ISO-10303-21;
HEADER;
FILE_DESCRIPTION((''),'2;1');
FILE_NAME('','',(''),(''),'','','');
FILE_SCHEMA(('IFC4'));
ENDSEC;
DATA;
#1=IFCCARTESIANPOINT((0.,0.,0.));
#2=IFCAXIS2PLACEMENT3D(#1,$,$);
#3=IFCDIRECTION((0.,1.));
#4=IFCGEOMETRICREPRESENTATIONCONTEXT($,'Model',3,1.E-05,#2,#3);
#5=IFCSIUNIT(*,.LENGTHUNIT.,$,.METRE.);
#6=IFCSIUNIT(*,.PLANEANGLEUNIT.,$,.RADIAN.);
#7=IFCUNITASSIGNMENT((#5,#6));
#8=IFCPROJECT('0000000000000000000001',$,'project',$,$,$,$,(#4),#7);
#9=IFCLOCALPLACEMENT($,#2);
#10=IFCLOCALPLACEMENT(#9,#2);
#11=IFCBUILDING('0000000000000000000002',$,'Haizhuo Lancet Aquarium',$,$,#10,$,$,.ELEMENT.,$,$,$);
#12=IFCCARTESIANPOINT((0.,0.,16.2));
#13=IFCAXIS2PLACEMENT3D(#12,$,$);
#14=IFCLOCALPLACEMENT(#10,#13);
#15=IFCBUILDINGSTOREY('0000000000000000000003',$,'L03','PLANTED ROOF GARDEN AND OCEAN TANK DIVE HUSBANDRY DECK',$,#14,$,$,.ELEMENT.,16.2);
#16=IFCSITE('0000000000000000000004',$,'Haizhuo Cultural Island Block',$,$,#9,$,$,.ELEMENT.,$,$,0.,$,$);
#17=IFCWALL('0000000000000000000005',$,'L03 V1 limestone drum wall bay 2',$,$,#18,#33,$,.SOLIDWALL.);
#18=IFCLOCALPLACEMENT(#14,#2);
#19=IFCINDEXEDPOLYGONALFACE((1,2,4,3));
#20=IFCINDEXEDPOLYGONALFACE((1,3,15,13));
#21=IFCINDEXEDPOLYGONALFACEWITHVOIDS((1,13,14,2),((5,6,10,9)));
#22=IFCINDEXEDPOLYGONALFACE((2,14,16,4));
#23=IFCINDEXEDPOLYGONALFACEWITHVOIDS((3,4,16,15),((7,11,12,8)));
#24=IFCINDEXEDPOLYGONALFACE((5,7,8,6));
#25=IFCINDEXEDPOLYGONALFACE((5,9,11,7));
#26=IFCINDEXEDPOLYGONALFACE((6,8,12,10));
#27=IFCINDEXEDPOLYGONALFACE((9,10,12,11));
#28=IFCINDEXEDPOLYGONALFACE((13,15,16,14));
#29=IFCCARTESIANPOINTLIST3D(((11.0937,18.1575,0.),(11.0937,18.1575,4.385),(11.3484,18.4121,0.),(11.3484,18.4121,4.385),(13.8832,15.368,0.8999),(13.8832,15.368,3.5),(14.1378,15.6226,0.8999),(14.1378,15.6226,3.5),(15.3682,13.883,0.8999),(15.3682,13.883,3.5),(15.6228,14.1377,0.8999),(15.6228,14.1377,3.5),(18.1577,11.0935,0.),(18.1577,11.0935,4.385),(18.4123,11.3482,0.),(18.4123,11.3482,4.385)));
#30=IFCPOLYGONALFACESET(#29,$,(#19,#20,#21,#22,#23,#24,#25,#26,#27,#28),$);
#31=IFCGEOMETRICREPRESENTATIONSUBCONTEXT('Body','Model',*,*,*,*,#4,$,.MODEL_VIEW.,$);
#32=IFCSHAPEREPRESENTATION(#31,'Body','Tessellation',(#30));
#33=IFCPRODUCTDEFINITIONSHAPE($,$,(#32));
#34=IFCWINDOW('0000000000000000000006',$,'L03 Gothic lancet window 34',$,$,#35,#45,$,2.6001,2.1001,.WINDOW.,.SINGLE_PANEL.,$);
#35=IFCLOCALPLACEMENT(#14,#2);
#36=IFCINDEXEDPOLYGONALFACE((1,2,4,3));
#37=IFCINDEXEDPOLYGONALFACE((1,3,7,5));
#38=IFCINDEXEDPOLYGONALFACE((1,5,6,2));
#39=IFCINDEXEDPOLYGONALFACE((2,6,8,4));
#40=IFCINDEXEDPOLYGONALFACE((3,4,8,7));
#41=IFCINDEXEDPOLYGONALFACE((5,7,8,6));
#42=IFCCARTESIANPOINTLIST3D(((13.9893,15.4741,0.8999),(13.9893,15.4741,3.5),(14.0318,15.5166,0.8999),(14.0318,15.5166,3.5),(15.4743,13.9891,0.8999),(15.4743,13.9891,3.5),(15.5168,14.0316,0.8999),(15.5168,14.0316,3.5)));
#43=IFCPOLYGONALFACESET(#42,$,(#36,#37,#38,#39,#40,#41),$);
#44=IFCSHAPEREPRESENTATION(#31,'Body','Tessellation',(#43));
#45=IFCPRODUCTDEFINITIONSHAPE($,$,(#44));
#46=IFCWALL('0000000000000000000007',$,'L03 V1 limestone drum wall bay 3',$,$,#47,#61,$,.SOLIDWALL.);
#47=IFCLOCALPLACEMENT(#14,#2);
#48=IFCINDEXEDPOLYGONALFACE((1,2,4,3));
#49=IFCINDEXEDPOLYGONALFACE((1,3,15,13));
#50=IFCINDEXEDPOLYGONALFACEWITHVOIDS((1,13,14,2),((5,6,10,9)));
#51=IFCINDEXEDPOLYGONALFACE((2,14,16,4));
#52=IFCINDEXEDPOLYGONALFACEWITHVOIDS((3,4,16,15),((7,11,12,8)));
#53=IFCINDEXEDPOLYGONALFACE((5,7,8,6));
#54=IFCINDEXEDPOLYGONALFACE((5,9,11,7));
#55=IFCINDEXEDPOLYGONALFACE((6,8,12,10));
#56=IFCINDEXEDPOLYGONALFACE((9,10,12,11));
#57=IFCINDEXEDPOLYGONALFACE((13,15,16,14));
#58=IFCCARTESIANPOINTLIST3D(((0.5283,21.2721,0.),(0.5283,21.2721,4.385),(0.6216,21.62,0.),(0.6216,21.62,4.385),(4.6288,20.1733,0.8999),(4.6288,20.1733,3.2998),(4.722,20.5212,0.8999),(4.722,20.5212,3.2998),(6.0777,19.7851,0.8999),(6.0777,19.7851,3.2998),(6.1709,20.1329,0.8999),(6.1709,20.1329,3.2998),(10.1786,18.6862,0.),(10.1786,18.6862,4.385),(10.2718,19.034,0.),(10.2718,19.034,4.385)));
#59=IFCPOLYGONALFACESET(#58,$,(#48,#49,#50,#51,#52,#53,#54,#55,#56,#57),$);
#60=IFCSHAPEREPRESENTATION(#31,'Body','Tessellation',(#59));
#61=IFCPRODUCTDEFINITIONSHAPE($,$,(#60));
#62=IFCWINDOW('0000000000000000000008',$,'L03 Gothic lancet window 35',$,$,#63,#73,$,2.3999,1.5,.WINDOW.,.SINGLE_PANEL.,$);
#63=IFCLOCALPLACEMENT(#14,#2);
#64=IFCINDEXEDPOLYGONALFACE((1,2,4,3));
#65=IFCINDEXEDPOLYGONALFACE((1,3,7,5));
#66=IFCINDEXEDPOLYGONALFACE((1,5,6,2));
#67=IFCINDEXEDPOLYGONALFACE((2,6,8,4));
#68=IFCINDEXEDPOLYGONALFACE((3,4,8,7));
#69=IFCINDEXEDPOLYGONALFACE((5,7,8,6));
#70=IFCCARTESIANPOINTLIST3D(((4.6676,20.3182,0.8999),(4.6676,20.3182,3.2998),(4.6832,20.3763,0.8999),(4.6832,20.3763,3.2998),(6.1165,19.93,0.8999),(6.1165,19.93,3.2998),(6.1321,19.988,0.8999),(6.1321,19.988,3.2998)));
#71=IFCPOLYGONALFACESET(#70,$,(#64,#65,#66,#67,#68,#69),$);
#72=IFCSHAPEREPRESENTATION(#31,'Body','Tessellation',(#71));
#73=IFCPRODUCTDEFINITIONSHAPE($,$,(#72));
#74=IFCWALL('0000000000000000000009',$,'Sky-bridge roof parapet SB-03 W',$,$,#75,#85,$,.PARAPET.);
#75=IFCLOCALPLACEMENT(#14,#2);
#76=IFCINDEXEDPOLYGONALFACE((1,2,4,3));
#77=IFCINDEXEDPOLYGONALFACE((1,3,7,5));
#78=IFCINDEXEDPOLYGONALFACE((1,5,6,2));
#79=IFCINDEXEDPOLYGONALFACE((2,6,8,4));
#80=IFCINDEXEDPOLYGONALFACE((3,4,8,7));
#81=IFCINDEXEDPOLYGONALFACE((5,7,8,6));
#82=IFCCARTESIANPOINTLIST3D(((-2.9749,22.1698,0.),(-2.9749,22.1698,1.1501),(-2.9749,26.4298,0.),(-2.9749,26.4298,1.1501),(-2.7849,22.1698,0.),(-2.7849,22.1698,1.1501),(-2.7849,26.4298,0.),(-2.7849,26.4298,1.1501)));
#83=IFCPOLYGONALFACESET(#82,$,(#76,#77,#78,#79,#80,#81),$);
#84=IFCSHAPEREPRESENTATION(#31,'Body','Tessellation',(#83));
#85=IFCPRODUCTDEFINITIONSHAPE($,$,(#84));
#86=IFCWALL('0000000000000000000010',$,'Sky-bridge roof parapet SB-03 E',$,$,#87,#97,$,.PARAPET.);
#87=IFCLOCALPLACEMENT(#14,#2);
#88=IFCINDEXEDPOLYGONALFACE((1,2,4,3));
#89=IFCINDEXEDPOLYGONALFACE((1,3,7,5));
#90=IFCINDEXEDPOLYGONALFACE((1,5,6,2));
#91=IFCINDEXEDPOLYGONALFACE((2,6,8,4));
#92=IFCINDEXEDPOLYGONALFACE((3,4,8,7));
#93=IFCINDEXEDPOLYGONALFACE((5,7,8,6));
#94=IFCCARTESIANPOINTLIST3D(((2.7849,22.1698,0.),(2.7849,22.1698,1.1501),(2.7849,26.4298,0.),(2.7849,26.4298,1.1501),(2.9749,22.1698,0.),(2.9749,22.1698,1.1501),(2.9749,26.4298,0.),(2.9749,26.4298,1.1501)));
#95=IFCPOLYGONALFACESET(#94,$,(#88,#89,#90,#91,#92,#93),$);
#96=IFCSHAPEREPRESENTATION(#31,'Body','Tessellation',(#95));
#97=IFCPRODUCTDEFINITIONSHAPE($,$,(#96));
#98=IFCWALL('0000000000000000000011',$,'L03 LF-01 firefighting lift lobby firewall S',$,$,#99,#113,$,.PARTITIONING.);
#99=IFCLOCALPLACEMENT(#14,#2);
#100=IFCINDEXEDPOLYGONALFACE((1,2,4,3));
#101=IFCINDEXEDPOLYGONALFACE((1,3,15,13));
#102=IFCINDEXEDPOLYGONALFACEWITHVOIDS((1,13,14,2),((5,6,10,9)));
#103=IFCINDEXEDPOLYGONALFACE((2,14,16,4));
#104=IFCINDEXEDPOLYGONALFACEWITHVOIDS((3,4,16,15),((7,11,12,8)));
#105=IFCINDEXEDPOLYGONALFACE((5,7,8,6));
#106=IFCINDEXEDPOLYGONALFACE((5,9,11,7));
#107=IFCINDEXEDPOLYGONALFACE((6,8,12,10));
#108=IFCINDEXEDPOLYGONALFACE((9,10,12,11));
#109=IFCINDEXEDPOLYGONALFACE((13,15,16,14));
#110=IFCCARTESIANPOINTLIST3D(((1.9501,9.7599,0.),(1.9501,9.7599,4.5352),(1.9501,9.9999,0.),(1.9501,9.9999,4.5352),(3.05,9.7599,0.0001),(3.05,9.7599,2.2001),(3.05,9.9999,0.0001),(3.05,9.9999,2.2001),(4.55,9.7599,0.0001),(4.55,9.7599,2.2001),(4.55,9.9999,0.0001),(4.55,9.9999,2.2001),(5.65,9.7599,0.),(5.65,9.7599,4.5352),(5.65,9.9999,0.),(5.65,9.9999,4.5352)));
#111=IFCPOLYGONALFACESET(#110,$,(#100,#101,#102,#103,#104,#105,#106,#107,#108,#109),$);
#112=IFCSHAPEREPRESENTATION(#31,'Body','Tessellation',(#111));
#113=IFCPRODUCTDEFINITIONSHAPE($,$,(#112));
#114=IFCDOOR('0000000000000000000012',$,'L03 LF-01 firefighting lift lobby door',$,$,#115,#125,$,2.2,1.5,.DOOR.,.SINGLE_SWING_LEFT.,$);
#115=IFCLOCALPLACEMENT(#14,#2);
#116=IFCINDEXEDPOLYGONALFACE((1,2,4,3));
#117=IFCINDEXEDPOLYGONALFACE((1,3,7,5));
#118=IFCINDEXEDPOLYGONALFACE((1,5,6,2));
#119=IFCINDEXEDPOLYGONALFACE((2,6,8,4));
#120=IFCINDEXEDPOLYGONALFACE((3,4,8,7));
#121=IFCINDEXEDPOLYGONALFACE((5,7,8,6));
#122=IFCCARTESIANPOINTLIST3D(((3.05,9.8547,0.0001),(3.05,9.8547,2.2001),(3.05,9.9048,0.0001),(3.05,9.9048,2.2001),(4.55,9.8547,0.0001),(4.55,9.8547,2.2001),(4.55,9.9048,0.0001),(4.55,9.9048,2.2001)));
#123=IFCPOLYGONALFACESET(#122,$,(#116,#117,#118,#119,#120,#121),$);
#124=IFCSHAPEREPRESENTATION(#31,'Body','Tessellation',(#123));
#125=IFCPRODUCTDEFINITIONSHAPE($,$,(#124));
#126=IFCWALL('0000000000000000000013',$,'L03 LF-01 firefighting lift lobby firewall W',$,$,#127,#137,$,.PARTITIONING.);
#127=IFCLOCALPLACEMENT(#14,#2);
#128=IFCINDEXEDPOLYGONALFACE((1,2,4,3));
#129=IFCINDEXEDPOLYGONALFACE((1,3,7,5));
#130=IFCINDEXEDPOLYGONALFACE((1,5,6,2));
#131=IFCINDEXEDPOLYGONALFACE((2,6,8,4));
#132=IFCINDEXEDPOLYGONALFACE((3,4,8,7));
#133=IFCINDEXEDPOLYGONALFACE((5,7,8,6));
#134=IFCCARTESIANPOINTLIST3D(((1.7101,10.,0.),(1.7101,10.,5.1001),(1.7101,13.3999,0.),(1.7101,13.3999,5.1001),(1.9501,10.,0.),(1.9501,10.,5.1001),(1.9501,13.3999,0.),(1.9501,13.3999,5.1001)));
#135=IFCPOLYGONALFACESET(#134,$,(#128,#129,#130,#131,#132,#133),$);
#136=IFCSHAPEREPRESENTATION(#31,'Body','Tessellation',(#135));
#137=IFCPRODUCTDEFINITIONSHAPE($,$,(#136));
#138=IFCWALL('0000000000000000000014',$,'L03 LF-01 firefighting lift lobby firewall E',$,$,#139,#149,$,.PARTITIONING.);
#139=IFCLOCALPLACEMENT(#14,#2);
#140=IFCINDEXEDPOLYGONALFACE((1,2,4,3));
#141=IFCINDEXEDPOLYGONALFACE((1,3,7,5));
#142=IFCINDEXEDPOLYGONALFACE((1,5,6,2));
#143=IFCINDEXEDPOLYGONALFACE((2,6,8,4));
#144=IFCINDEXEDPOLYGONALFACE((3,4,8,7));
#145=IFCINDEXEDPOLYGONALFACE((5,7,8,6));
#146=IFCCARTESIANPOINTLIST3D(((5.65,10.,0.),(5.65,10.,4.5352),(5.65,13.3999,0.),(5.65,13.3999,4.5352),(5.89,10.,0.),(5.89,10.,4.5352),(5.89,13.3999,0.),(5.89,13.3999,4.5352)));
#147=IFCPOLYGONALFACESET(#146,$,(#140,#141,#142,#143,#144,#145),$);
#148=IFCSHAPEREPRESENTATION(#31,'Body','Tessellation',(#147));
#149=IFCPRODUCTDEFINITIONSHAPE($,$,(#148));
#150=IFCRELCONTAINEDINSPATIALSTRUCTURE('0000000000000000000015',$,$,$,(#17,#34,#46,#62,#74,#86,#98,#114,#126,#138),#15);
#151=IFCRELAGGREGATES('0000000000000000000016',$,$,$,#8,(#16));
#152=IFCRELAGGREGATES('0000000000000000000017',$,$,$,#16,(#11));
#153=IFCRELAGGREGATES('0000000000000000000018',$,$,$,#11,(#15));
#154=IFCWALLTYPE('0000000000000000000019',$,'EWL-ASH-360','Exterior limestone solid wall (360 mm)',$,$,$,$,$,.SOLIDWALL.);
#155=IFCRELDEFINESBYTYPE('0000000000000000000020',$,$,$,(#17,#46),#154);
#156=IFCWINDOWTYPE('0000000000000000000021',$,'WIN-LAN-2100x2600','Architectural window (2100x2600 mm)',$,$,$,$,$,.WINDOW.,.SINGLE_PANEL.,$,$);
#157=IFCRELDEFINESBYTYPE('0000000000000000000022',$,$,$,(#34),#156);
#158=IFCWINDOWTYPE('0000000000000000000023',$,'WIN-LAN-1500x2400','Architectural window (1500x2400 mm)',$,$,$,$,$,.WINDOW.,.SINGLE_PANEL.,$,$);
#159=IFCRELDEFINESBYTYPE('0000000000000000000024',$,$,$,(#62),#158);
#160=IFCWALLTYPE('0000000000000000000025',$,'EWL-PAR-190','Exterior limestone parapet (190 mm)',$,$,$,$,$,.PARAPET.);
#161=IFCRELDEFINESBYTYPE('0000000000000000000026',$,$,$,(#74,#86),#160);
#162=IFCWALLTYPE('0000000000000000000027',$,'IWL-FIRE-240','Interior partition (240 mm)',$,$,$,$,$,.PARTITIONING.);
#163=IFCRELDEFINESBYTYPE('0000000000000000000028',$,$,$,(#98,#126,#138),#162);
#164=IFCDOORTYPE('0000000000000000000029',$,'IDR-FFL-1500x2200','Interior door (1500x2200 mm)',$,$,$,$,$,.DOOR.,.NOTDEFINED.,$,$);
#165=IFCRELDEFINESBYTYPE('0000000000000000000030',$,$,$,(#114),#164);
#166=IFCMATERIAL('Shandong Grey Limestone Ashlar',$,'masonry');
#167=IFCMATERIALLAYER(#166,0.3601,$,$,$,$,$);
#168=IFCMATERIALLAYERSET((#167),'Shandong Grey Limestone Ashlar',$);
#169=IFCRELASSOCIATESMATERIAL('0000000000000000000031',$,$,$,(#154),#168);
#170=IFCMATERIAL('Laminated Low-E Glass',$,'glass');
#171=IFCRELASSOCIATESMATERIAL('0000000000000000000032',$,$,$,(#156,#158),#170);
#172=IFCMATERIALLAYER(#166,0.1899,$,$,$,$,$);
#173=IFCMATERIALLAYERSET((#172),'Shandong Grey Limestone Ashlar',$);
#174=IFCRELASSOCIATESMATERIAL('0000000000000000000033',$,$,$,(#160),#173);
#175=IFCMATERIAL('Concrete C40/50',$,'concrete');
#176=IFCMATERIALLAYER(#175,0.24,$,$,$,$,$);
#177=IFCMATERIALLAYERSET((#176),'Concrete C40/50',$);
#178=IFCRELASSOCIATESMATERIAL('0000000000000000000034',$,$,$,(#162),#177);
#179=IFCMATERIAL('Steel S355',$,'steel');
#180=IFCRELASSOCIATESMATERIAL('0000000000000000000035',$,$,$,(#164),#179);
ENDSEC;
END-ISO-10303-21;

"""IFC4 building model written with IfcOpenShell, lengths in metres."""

from ifc_helpers import new_model, si_unit, direction, frame, frame_2d, origin, place, context, subcontext, project, spatial, rectangle, extrude, material, layer, layer_set, type_object, element, fill, save


model = new_model("IFC4")

# Units and contexts
model_context = context("Model", 3, precision=1e-05, world=origin(), true_north=direction((0.0, 1.0)))
body_context = subcontext(model_context, "Body", "Model", "MODEL_VIEW")
ifc_project = project(units=[si_unit("LENGTHUNIT", "METRE"), si_unit("PLANEANGLEUNIT", "RADIAN")], contexts=[model_context])

# Site, building, storey
site_placement = place(None, origin())
site = spatial("IfcSite", under=ifc_project, at=site_placement, Name="Haizhuo Cultural Island Block", CompositionType="ELEMENT", RefElevation=0.0)
building_placement = place(site_placement, origin())
building = spatial("IfcBuilding", under=site, at=building_placement, Name="Haizhuo Lancet Aquarium", CompositionType="ELEMENT")
storey_placement = place(building_placement, frame((0.0, 0.0, 16.2)))
storey = spatial("IfcBuildingStorey", under=building, at=storey_placement, Name="L03", Description="PLANTED ROOF GARDEN AND OCEAN TANK DIVE HUSBANDRY DECK", CompositionType="ELEMENT", Elevation=16.2)

# Shared definitions
ifc_material_1 = material(Name="Steel S355", Category="steel")

# Shared definitions
ifc_material_2 = material(Name="Concrete C40/50", Category="concrete")

# Shared definitions
ifc_material_3 = material(Name="Laminated Low-E Glass", Category="glass")

# Walls, openings, windows
ifc_material_4 = material(Name="Shandong Grey Limestone Ashlar", Category="masonry")
ifc_layer_1 = layer(ifc_material_4, 0.3601)
ifc_layer_set_1 = layer_set([ifc_layer_1], Name="Shandong Grey Limestone Ashlar")
wall_type_1 = type_object("IfcWallType", Name="EWL-ASH-360", Description="Exterior limestone solid wall (360 mm)", PredefinedType="SOLIDWALL", material=ifc_layer_set_1)
wall_1_placement = place(storey_placement, frame((11.2209, 18.2849, 0.0), z_axis=(0.0, 0.0, 1.0), x_axis=(0.707107, -0.707107, 0.0)))
wall_1 = element("IfcWall", 1, at=wall_1_placement, inside=storey, type_object=wall_type_1, Name="L03 V1 limestone drum wall bay 2", PredefinedType="SOLIDWALL", context=body_context, shape_type="SweptSolid", body=[
    extrude(rectangle(XDim=9.99, YDim=0.3601, at=frame_2d((4.9951, 0.0))), origin(), (0.0, 0.0, 1.0), 4.385),
])
opening_1_placement = place(wall_1_placement, frame((3.9451, 0.0, 0.8999)))
opening_1 = element("IfcOpeningElement", 2, at=opening_1_placement, cuts=wall_1, PredefinedType="OPENING", context=body_context, shape_type="SweptSolid", body=[
    extrude(rectangle(XDim=2.1001, YDim=2.6001, at=frame_2d((1.05, 1.3))), frame((0.0, 0.1899, 0.0), z_axis=(0.0, -1.0, 0.0), x_axis=(1.0, 0.0, 0.0)), (0.0, 0.0, 1.0), 0.3801),
])
window_type_1 = type_object("IfcWindowType", Name="WIN-LAN-2100x2600", Description="Architectural window (2100x2600 mm)", PartitioningType="SINGLE_PANEL", PredefinedType="WINDOW", material=ifc_material_3)
window_1_placement = place(opening_1_placement, origin())
window_1 = element("IfcWindow", 3, at=window_1_placement, inside=storey, type_object=window_type_1, Name="L03 Gothic lancet window 34", OverallHeight=2.6001, OverallWidth=2.1001, PartitioningType="SINGLE_PANEL", PredefinedType="WINDOW", context=body_context, shape_type="SweptSolid", body=[
    extrude(rectangle(XDim=2.1001, YDim=2.6001, at=frame_2d((1.05, 1.3))), frame((0.0, 0.03, 0.0), z_axis=(0.0, -1.0, 0.0), x_axis=(1.0, 0.0, 0.0)), (0.0, 0.0, 1.0), 0.0601),
])
fill(opening_1, window_1)
wall_2_placement = place(storey_placement, frame((0.575, 21.446, 0.0), z_axis=(0.0, 0.0, 1.0), x_axis=(0.965921, -0.258837, 0.0)))
wall_2 = element("IfcWall", 4, at=wall_2_placement, inside=storey, type_object=wall_type_1, Name="L03 V1 limestone drum wall bay 3", PredefinedType="SOLIDWALL", context=body_context, shape_type="SweptSolid", body=[
    extrude(rectangle(XDim=9.9907, YDim=0.3601, at=frame_2d((4.9954, 0.0))), origin(), (0.0, 0.0, 1.0), 4.385),
])
opening_2_placement = place(wall_2_placement, frame((4.2451, 0.0, 0.8999)))
opening_2 = element("IfcOpeningElement", 5, at=opening_2_placement, cuts=wall_2, PredefinedType="OPENING", context=body_context, shape_type="SweptSolid", body=[
    extrude(rectangle(XDim=1.5, YDim=2.3999, at=frame_2d((0.75, 1.2))), frame((0.0, 0.1899, 0.0), z_axis=(0.0, -1.0, 0.0), x_axis=(1.0, 0.0, 0.0)), (0.0, 0.0, 1.0), 0.3801),
])
window_type_2 = type_object("IfcWindowType", Name="WIN-LAN-1500x2400", Description="Architectural window (1500x2400 mm)", PartitioningType="SINGLE_PANEL", PredefinedType="WINDOW", material=ifc_material_3)
window_2_placement = place(opening_2_placement, origin())
window_2 = element("IfcWindow", 6, at=window_2_placement, inside=storey, type_object=window_type_2, Name="L03 Gothic lancet window 35", OverallHeight=2.3999, OverallWidth=1.5, PartitioningType="SINGLE_PANEL", PredefinedType="WINDOW", context=body_context, shape_type="SweptSolid", body=[
    extrude(rectangle(XDim=1.5, YDim=2.3999, at=frame_2d((0.75, 1.2))), frame((0.0, 0.03, 0.0), z_axis=(0.0, -1.0, 0.0), x_axis=(1.0, 0.0, 0.0)), (0.0, 0.0, 1.0), 0.0601),
])
fill(opening_2, window_2)

# Walls
ifc_layer_2 = layer(ifc_material_4, 0.1899)
ifc_layer_set_2 = layer_set([ifc_layer_2], Name="Shandong Grey Limestone Ashlar")
wall_type_2 = type_object("IfcWallType", Name="EWL-PAR-190", Description="Exterior limestone parapet (190 mm)", PredefinedType="PARAPET", material=ifc_layer_set_2)
for number, where, z_axis, x_axis, name in (
    (7, (-2.8799, 22.1699, 0.0), (0.0, 0.0, 1.0), (0.0, 1.0, 0.0), "Sky-bridge roof parapet SB-03 W"),
    (8, (2.8799, 22.1699, 0.0), (0.0, 0.0, 1.0), (0.0, 1.0, 0.0), "Sky-bridge roof parapet SB-03 E"),
):
    element("IfcWall", number, at=place(storey_placement, frame(where, z_axis=z_axis, x_axis=x_axis)), inside=storey, type_object=wall_type_2, Name=name, PredefinedType="PARAPET", context=body_context, shape_type="SweptSolid", body=[
        extrude(rectangle(XDim=4.26, YDim=0.1899, at=frame_2d((2.1299, 0.0))), origin(), (0.0, 0.0, 1.0), 1.1501),
    ])

# Wall, opening, door
ifc_layer_3 = layer(ifc_material_2, 0.24)
ifc_layer_set_3 = layer_set([ifc_layer_3], Name="Concrete C40/50")
wall_type_3 = type_object("IfcWallType", Name="IWL-FIRE-240", Description="Interior partition (240 mm)", PredefinedType="PARTITIONING", material=ifc_layer_set_3)
wall_3_placement = place(storey_placement, frame((1.95, 9.8799, 0.0), z_axis=(0.0, 0.0, 1.0), x_axis=(1.0, 0.0, 0.0)))
wall_3 = element("IfcWall", 9, at=wall_3_placement, inside=storey, type_object=wall_type_3, Name="L03 LF-01 firefighting lift lobby firewall S", PredefinedType="PARTITIONING", context=body_context, shape_type="SweptSolid", body=[
    extrude(rectangle(XDim=3.7, YDim=0.24, at=frame_2d((1.8501, 0.0))), origin(), (0.0, 0.0, 1.0), 4.5352),
])
opening_3_placement = place(wall_3_placement, frame((1.1001, 0.0, 0.0)))
opening_3 = element("IfcOpeningElement", 10, at=opening_3_placement, cuts=wall_3, PredefinedType="OPENING", context=body_context, shape_type="SweptSolid", body=[
    extrude(rectangle(XDim=1.5, YDim=2.2, at=frame_2d((0.75, 1.1001))), frame((0.0, 0.1299, 0.0), z_axis=(0.0, -1.0, 0.0), x_axis=(1.0, 0.0, 0.0)), (0.0, 0.0, 1.0), 0.26),
])
door_type_1 = type_object("IfcDoorType", Name="IDR-FFL-1500x2200", Description="Interior door (1500x2200 mm)", OperationType="NOTDEFINED", PredefinedType="DOOR", material=ifc_material_1)
door_1_placement = place(opening_3_placement, origin())
door_1 = element("IfcDoor", 11, at=door_1_placement, inside=storey, type_object=door_type_1, Name="L03 LF-01 firefighting lift lobby door", OperationType="SINGLE_SWING_LEFT", OverallHeight=2.2, OverallWidth=1.5, PredefinedType="DOOR", context=body_context, shape_type="SweptSolid", body=[
    extrude(rectangle(XDim=1.5, YDim=2.2, at=frame_2d((0.75, 1.1001))), frame((0.0, 0.0249, 0.0), z_axis=(0.0, -1.0, 0.0), x_axis=(1.0, 0.0, 0.0)), (0.0, 0.0, 1.0), 0.05),
])
fill(opening_3, door_1)

# Walls
wall_4_placement = place(storey_placement, frame((1.8301, 10.0, 0.0), z_axis=(0.0, 0.0, 1.0), x_axis=(0.0, 1.0, 0.0)))
element("IfcWall", 12, at=wall_4_placement, inside=storey, type_object=wall_type_3, Name="L03 LF-01 firefighting lift lobby firewall W", PredefinedType="PARTITIONING", context=body_context, shape_type="SweptSolid", body=[
    extrude(rectangle(XDim=3.3999, YDim=0.24, at=frame_2d((1.7, 0.0))), origin(), (0.0, 0.0, 1.0), 5.1001),
])
wall_5_placement = place(storey_placement, frame((5.77, 10.0, 0.0), z_axis=(0.0, 0.0, 1.0), x_axis=(0.0, 1.0, 0.0)))
element("IfcWall", 13, at=wall_5_placement, inside=storey, type_object=wall_type_3, Name="L03 LF-01 firefighting lift lobby firewall E", PredefinedType="PARTITIONING", context=body_context, shape_type="SweptSolid", body=[
    extrude(rectangle(XDim=3.3999, YDim=0.24, at=frame_2d((1.7, 0.0))), origin(), (0.0, 0.0, 1.0), 4.5352),
])

save(model, "model.ifc")
